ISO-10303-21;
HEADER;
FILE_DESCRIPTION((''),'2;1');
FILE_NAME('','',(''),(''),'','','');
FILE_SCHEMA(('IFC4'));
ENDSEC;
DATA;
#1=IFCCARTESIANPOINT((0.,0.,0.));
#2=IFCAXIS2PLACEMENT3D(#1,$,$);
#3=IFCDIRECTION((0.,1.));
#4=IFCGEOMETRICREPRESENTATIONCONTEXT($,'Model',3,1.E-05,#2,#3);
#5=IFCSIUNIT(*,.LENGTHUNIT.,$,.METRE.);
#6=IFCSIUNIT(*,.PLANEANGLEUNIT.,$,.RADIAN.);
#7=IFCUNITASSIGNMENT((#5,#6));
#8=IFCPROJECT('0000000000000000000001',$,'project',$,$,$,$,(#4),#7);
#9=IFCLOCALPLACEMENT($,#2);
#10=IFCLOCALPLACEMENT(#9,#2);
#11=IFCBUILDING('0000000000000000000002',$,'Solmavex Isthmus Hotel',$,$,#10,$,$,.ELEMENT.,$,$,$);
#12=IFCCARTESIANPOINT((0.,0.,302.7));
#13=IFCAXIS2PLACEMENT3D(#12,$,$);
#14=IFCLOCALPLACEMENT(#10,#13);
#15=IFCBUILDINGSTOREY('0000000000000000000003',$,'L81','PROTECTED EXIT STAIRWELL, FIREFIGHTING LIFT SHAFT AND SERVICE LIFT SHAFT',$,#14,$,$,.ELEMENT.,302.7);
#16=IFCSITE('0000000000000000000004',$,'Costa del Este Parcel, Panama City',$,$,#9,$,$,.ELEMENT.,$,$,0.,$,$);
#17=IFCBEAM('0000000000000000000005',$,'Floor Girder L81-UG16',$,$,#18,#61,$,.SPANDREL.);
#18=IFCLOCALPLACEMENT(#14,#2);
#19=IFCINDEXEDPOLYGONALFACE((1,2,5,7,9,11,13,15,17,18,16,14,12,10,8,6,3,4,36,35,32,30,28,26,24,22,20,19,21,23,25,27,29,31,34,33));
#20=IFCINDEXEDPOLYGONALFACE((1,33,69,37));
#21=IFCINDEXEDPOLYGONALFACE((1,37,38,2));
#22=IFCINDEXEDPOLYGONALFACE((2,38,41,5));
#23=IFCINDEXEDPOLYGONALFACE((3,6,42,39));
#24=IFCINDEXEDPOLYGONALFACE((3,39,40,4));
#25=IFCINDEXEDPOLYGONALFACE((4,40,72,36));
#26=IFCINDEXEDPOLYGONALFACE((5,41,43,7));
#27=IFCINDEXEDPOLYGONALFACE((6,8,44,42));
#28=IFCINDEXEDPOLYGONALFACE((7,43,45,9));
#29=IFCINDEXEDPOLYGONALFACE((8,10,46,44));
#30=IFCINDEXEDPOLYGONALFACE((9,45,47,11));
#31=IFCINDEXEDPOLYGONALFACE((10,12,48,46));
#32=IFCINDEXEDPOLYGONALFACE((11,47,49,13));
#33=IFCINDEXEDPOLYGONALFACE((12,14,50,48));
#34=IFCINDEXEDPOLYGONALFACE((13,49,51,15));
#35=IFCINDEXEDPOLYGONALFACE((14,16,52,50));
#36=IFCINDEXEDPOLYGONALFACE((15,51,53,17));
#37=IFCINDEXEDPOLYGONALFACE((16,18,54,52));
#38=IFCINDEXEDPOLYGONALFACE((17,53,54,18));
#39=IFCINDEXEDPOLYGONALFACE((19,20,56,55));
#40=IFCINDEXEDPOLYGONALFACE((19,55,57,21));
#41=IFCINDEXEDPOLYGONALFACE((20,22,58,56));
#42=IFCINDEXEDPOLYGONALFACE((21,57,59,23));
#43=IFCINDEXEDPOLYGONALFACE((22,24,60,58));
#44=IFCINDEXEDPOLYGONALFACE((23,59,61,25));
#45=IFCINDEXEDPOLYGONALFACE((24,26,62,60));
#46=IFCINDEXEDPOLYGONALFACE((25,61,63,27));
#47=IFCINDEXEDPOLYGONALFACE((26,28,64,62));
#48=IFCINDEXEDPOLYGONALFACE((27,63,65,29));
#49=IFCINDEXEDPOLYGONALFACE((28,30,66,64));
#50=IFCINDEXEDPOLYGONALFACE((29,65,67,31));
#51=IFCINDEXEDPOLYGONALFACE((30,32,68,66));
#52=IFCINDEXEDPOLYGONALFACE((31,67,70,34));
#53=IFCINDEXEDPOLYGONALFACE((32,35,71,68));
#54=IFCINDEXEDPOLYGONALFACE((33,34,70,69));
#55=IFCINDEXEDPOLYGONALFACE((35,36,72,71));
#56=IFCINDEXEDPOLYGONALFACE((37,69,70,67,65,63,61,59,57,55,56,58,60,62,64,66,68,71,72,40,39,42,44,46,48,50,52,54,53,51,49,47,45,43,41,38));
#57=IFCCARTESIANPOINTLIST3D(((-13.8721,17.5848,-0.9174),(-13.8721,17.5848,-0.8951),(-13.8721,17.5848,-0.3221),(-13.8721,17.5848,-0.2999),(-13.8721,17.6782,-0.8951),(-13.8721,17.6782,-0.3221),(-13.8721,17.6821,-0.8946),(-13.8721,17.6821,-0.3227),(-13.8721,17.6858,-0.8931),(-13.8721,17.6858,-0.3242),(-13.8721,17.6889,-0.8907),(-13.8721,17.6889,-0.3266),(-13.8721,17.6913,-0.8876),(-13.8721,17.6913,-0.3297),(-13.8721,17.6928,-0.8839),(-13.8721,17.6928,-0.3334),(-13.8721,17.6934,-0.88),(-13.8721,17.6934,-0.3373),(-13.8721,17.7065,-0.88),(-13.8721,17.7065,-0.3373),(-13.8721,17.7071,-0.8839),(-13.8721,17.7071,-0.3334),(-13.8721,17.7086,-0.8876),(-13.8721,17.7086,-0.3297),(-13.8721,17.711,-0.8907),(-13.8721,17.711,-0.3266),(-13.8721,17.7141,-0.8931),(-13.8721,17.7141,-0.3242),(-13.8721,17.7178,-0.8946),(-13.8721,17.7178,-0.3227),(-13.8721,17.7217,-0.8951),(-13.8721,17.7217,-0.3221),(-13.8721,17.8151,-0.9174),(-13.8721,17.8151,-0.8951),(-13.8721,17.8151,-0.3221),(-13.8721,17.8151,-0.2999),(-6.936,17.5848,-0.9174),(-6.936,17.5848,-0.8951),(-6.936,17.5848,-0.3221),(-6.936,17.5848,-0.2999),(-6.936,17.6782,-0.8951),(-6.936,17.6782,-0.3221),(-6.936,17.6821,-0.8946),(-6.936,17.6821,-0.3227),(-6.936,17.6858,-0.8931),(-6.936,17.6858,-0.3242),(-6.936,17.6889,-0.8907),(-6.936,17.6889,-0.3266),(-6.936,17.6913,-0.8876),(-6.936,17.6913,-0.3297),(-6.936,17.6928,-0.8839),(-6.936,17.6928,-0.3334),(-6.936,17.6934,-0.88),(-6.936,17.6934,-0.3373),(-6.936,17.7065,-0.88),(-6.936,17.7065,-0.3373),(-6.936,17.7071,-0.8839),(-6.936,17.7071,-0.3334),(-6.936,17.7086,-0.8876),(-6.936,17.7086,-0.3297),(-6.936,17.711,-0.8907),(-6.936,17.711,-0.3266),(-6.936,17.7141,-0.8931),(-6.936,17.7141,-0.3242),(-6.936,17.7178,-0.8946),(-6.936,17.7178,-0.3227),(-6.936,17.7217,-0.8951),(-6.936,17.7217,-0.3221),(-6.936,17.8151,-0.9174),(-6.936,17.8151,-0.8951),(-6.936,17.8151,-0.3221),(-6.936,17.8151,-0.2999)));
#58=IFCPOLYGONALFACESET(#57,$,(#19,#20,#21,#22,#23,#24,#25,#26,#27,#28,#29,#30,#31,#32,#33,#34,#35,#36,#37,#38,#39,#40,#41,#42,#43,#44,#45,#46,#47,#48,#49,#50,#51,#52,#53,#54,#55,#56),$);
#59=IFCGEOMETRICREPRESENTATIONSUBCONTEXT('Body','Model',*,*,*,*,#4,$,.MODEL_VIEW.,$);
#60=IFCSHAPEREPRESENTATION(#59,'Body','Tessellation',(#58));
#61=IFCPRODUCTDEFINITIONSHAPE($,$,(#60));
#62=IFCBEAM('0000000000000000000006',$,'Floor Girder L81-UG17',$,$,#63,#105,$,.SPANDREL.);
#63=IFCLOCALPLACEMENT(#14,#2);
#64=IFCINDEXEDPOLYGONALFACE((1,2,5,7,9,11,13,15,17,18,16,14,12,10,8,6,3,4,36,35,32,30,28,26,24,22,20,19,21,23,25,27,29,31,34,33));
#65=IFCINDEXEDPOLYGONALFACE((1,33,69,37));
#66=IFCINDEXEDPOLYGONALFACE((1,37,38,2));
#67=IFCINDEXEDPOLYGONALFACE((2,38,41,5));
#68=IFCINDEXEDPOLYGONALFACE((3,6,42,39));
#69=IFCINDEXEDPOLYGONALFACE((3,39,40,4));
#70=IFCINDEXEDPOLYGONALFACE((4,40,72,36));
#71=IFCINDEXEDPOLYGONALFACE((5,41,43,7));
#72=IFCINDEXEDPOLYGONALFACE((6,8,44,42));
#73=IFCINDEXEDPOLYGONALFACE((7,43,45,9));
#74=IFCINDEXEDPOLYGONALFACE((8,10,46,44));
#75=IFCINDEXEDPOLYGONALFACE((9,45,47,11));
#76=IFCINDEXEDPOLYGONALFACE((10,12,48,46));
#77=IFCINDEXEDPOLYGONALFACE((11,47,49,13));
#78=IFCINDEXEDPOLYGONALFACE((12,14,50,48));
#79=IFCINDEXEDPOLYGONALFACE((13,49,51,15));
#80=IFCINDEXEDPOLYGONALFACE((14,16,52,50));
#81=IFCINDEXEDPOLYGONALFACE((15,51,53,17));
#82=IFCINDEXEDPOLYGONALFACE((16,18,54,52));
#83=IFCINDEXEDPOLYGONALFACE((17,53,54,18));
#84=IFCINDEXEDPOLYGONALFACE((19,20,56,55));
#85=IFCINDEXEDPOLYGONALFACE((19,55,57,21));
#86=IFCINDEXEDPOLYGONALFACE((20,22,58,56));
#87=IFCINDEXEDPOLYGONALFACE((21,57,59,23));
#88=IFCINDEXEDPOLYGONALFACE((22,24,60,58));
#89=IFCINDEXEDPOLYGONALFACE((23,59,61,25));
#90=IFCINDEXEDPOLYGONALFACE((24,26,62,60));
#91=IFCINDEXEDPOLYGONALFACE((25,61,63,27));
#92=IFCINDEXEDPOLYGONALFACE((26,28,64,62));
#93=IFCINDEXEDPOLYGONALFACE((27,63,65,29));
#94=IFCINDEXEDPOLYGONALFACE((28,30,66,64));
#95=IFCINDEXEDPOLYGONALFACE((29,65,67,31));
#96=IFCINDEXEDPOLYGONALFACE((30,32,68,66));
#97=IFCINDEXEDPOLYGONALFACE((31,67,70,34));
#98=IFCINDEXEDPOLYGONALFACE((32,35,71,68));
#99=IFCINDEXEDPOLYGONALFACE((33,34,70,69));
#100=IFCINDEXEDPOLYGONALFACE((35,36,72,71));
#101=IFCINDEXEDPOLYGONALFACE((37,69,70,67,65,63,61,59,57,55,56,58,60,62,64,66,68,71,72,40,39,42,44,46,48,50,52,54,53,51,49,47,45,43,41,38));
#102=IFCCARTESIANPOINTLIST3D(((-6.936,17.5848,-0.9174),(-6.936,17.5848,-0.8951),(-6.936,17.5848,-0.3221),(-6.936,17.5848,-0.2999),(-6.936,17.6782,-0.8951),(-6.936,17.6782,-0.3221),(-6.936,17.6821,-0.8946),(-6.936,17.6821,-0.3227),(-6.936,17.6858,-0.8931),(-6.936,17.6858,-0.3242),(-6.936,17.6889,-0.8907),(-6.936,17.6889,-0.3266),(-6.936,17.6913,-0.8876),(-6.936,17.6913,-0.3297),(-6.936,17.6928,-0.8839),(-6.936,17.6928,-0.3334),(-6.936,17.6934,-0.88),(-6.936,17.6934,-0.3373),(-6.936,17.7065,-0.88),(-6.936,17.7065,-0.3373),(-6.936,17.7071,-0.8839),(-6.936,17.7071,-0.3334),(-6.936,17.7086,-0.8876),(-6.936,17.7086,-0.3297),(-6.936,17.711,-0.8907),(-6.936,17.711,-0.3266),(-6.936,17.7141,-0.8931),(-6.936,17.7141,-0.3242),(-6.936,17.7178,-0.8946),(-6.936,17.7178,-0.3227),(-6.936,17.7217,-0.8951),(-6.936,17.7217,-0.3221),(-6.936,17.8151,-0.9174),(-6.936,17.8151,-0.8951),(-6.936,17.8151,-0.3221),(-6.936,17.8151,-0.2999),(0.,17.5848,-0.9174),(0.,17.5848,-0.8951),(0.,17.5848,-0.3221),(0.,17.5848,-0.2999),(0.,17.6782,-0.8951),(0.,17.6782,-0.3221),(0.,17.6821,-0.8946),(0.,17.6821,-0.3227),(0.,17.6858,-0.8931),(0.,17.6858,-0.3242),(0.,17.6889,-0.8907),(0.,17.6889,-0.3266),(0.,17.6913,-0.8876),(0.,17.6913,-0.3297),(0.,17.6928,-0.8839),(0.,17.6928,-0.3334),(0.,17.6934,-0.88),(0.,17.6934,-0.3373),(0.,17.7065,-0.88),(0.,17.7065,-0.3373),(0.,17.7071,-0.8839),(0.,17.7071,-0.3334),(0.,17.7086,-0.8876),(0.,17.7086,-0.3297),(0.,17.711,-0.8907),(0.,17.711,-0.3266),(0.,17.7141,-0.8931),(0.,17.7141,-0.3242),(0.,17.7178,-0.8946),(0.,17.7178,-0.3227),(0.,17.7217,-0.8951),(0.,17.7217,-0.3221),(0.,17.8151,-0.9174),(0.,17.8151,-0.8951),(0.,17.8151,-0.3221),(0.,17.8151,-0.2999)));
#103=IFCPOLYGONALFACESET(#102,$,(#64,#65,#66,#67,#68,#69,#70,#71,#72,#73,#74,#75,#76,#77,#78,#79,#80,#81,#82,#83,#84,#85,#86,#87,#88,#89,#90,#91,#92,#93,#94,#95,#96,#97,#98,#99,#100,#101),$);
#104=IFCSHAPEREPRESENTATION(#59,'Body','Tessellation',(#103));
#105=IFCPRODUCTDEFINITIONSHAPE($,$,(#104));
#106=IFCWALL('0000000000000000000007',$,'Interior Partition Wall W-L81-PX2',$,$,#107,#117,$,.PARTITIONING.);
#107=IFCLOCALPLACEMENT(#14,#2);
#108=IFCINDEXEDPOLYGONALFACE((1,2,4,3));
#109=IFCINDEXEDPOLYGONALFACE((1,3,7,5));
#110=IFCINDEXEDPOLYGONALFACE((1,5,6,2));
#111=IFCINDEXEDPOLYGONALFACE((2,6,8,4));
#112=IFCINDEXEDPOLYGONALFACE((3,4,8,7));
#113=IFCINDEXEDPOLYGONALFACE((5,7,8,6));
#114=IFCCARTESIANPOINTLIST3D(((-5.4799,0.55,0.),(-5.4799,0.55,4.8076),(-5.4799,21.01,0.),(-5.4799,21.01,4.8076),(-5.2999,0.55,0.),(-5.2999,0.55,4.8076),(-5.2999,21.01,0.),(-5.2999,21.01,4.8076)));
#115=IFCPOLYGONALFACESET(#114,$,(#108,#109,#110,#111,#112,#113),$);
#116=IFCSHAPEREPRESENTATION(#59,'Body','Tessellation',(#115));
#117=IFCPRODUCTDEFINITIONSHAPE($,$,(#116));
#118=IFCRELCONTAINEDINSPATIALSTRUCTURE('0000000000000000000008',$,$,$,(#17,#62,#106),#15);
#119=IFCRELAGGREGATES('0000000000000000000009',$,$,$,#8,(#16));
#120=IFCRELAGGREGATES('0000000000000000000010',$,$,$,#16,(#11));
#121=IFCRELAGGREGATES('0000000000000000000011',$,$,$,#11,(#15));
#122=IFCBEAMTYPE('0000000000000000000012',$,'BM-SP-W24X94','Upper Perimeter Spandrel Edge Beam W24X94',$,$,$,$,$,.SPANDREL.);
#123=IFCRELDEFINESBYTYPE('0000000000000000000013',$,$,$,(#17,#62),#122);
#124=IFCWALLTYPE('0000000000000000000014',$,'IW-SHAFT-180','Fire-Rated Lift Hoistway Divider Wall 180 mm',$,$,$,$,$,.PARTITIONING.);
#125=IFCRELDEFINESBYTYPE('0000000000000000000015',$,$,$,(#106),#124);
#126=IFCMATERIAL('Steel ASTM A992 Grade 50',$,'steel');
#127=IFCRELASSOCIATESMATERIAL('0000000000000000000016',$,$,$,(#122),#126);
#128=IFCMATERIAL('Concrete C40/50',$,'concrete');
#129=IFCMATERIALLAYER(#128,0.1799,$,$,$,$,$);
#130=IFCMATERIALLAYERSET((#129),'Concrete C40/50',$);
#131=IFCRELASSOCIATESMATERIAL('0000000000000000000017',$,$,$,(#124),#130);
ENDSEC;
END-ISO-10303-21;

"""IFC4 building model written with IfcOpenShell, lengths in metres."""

from ifc_helpers import new_model, si_unit, direction, frame, frame_2d, origin, origin_2d, place, context, subcontext, project, spatial, rectangle, i_section, extrude, material, layer, layer_set, material_profile, profile_set, type_object, element, save


model = new_model("IFC4")

# Units and contexts
model_context = context("Model", 3, precision=1e-05, world=origin(), true_north=direction((0.0, 1.0)))
body_context = subcontext(model_context, "Body", "Model", "MODEL_VIEW")
ifc_project = project(units=[si_unit("LENGTHUNIT", "METRE"), si_unit("PLANEANGLEUNIT", "RADIAN")], contexts=[model_context])

# Site, building, storey
site_placement = place(None, origin())
site = spatial("IfcSite", under=ifc_project, at=site_placement, Name="Costa del Este Parcel, Panama City", CompositionType="ELEMENT", RefElevation=0.0)
building_placement = place(site_placement, origin())
building = spatial("IfcBuilding", under=site, at=building_placement, Name="Solmavex Isthmus Hotel", CompositionType="ELEMENT")
storey_placement = place(building_placement, frame((0.0, 0.0, 302.7)))
storey = spatial("IfcBuildingStorey", under=building, at=storey_placement, Name="L81", Description="PROTECTED EXIT STAIRWELL, FIREFIGHTING LIFT SHAFT AND SERVICE LIFT SHAFT", CompositionType="ELEMENT", Elevation=302.7)

# Beams
ifc_material_1 = material(Name="Steel ASTM A992 Grade 50", Category="steel")
ifc_material_profile_1 = material_profile(ifc_material_1, i_section(OverallWidth=0.2302, OverallDepth=0.6174, WebThickness=0.0132, FlangeThickness=0.0222, FilletRadius=0.0151, at=origin_2d()), Name="W24X94")
ifc_profile_set_1 = profile_set([ifc_material_profile_1], Name="Steel ASTM A992 Grade 50")
beam_type_1 = type_object("IfcBeamType", Name="BM-SP-W24X94", Description="Upper Perimeter Spandrel Edge Beam W24X94", PredefinedType="SPANDREL", material=ifc_profile_set_1)
for number, where, z_axis, x_axis, name in (
    (1, (-13.8721, 17.7, -0.6086), (1.0, 0.0, 0.0), (0.0, 1.0, 0.0), "Floor Girder L81-UG16"),
    (2, (-6.936, 17.7, -0.6086), (1.0, 0.0, 0.0), (0.0, 1.0, 0.0), "Floor Girder L81-UG17"),
):
    element("IfcBeam", number, at=place(storey_placement, frame(where, z_axis=z_axis, x_axis=x_axis)), inside=storey, type_object=beam_type_1, Name=name, PredefinedType="SPANDREL", context=body_context, shape_type="SweptSolid", body=[
        extrude(i_section(OverallWidth=0.2302, OverallDepth=0.6174, WebThickness=0.0132, FlangeThickness=0.0222, FilletRadius=0.0151, at=origin_2d()), origin(), (0.0, 0.0, 1.0), 6.936),
    ])

# Wall
ifc_material_2 = material(Name="Concrete C40/50", Category="concrete")
ifc_layer = layer(ifc_material_2, 0.1799)
ifc_layer_set = layer_set([ifc_layer], Name="Concrete C40/50")
wall_type = type_object("IfcWallType", Name="IW-SHAFT-180", Description="Fire-Rated Lift Hoistway Divider Wall 180 mm", PredefinedType="PARTITIONING", material=ifc_layer_set)
wall_placement = place(storey_placement, frame((-5.3899, 0.55, 0.0), z_axis=(0.0, 0.0, 1.0), x_axis=(0.0, 1.0, 0.0)))
element("IfcWall", 3, at=wall_placement, inside=storey, type_object=wall_type, Name="Interior Partition Wall W-L81-PX2", PredefinedType="PARTITIONING", context=body_context, shape_type="SweptSolid", body=[
    extrude(rectangle(XDim=20.46, YDim=0.1799, at=frame_2d((10.23, 0.0))), origin(), (0.0, 0.0, 1.0), 4.8076),
])

save(model, "model.ifc")
